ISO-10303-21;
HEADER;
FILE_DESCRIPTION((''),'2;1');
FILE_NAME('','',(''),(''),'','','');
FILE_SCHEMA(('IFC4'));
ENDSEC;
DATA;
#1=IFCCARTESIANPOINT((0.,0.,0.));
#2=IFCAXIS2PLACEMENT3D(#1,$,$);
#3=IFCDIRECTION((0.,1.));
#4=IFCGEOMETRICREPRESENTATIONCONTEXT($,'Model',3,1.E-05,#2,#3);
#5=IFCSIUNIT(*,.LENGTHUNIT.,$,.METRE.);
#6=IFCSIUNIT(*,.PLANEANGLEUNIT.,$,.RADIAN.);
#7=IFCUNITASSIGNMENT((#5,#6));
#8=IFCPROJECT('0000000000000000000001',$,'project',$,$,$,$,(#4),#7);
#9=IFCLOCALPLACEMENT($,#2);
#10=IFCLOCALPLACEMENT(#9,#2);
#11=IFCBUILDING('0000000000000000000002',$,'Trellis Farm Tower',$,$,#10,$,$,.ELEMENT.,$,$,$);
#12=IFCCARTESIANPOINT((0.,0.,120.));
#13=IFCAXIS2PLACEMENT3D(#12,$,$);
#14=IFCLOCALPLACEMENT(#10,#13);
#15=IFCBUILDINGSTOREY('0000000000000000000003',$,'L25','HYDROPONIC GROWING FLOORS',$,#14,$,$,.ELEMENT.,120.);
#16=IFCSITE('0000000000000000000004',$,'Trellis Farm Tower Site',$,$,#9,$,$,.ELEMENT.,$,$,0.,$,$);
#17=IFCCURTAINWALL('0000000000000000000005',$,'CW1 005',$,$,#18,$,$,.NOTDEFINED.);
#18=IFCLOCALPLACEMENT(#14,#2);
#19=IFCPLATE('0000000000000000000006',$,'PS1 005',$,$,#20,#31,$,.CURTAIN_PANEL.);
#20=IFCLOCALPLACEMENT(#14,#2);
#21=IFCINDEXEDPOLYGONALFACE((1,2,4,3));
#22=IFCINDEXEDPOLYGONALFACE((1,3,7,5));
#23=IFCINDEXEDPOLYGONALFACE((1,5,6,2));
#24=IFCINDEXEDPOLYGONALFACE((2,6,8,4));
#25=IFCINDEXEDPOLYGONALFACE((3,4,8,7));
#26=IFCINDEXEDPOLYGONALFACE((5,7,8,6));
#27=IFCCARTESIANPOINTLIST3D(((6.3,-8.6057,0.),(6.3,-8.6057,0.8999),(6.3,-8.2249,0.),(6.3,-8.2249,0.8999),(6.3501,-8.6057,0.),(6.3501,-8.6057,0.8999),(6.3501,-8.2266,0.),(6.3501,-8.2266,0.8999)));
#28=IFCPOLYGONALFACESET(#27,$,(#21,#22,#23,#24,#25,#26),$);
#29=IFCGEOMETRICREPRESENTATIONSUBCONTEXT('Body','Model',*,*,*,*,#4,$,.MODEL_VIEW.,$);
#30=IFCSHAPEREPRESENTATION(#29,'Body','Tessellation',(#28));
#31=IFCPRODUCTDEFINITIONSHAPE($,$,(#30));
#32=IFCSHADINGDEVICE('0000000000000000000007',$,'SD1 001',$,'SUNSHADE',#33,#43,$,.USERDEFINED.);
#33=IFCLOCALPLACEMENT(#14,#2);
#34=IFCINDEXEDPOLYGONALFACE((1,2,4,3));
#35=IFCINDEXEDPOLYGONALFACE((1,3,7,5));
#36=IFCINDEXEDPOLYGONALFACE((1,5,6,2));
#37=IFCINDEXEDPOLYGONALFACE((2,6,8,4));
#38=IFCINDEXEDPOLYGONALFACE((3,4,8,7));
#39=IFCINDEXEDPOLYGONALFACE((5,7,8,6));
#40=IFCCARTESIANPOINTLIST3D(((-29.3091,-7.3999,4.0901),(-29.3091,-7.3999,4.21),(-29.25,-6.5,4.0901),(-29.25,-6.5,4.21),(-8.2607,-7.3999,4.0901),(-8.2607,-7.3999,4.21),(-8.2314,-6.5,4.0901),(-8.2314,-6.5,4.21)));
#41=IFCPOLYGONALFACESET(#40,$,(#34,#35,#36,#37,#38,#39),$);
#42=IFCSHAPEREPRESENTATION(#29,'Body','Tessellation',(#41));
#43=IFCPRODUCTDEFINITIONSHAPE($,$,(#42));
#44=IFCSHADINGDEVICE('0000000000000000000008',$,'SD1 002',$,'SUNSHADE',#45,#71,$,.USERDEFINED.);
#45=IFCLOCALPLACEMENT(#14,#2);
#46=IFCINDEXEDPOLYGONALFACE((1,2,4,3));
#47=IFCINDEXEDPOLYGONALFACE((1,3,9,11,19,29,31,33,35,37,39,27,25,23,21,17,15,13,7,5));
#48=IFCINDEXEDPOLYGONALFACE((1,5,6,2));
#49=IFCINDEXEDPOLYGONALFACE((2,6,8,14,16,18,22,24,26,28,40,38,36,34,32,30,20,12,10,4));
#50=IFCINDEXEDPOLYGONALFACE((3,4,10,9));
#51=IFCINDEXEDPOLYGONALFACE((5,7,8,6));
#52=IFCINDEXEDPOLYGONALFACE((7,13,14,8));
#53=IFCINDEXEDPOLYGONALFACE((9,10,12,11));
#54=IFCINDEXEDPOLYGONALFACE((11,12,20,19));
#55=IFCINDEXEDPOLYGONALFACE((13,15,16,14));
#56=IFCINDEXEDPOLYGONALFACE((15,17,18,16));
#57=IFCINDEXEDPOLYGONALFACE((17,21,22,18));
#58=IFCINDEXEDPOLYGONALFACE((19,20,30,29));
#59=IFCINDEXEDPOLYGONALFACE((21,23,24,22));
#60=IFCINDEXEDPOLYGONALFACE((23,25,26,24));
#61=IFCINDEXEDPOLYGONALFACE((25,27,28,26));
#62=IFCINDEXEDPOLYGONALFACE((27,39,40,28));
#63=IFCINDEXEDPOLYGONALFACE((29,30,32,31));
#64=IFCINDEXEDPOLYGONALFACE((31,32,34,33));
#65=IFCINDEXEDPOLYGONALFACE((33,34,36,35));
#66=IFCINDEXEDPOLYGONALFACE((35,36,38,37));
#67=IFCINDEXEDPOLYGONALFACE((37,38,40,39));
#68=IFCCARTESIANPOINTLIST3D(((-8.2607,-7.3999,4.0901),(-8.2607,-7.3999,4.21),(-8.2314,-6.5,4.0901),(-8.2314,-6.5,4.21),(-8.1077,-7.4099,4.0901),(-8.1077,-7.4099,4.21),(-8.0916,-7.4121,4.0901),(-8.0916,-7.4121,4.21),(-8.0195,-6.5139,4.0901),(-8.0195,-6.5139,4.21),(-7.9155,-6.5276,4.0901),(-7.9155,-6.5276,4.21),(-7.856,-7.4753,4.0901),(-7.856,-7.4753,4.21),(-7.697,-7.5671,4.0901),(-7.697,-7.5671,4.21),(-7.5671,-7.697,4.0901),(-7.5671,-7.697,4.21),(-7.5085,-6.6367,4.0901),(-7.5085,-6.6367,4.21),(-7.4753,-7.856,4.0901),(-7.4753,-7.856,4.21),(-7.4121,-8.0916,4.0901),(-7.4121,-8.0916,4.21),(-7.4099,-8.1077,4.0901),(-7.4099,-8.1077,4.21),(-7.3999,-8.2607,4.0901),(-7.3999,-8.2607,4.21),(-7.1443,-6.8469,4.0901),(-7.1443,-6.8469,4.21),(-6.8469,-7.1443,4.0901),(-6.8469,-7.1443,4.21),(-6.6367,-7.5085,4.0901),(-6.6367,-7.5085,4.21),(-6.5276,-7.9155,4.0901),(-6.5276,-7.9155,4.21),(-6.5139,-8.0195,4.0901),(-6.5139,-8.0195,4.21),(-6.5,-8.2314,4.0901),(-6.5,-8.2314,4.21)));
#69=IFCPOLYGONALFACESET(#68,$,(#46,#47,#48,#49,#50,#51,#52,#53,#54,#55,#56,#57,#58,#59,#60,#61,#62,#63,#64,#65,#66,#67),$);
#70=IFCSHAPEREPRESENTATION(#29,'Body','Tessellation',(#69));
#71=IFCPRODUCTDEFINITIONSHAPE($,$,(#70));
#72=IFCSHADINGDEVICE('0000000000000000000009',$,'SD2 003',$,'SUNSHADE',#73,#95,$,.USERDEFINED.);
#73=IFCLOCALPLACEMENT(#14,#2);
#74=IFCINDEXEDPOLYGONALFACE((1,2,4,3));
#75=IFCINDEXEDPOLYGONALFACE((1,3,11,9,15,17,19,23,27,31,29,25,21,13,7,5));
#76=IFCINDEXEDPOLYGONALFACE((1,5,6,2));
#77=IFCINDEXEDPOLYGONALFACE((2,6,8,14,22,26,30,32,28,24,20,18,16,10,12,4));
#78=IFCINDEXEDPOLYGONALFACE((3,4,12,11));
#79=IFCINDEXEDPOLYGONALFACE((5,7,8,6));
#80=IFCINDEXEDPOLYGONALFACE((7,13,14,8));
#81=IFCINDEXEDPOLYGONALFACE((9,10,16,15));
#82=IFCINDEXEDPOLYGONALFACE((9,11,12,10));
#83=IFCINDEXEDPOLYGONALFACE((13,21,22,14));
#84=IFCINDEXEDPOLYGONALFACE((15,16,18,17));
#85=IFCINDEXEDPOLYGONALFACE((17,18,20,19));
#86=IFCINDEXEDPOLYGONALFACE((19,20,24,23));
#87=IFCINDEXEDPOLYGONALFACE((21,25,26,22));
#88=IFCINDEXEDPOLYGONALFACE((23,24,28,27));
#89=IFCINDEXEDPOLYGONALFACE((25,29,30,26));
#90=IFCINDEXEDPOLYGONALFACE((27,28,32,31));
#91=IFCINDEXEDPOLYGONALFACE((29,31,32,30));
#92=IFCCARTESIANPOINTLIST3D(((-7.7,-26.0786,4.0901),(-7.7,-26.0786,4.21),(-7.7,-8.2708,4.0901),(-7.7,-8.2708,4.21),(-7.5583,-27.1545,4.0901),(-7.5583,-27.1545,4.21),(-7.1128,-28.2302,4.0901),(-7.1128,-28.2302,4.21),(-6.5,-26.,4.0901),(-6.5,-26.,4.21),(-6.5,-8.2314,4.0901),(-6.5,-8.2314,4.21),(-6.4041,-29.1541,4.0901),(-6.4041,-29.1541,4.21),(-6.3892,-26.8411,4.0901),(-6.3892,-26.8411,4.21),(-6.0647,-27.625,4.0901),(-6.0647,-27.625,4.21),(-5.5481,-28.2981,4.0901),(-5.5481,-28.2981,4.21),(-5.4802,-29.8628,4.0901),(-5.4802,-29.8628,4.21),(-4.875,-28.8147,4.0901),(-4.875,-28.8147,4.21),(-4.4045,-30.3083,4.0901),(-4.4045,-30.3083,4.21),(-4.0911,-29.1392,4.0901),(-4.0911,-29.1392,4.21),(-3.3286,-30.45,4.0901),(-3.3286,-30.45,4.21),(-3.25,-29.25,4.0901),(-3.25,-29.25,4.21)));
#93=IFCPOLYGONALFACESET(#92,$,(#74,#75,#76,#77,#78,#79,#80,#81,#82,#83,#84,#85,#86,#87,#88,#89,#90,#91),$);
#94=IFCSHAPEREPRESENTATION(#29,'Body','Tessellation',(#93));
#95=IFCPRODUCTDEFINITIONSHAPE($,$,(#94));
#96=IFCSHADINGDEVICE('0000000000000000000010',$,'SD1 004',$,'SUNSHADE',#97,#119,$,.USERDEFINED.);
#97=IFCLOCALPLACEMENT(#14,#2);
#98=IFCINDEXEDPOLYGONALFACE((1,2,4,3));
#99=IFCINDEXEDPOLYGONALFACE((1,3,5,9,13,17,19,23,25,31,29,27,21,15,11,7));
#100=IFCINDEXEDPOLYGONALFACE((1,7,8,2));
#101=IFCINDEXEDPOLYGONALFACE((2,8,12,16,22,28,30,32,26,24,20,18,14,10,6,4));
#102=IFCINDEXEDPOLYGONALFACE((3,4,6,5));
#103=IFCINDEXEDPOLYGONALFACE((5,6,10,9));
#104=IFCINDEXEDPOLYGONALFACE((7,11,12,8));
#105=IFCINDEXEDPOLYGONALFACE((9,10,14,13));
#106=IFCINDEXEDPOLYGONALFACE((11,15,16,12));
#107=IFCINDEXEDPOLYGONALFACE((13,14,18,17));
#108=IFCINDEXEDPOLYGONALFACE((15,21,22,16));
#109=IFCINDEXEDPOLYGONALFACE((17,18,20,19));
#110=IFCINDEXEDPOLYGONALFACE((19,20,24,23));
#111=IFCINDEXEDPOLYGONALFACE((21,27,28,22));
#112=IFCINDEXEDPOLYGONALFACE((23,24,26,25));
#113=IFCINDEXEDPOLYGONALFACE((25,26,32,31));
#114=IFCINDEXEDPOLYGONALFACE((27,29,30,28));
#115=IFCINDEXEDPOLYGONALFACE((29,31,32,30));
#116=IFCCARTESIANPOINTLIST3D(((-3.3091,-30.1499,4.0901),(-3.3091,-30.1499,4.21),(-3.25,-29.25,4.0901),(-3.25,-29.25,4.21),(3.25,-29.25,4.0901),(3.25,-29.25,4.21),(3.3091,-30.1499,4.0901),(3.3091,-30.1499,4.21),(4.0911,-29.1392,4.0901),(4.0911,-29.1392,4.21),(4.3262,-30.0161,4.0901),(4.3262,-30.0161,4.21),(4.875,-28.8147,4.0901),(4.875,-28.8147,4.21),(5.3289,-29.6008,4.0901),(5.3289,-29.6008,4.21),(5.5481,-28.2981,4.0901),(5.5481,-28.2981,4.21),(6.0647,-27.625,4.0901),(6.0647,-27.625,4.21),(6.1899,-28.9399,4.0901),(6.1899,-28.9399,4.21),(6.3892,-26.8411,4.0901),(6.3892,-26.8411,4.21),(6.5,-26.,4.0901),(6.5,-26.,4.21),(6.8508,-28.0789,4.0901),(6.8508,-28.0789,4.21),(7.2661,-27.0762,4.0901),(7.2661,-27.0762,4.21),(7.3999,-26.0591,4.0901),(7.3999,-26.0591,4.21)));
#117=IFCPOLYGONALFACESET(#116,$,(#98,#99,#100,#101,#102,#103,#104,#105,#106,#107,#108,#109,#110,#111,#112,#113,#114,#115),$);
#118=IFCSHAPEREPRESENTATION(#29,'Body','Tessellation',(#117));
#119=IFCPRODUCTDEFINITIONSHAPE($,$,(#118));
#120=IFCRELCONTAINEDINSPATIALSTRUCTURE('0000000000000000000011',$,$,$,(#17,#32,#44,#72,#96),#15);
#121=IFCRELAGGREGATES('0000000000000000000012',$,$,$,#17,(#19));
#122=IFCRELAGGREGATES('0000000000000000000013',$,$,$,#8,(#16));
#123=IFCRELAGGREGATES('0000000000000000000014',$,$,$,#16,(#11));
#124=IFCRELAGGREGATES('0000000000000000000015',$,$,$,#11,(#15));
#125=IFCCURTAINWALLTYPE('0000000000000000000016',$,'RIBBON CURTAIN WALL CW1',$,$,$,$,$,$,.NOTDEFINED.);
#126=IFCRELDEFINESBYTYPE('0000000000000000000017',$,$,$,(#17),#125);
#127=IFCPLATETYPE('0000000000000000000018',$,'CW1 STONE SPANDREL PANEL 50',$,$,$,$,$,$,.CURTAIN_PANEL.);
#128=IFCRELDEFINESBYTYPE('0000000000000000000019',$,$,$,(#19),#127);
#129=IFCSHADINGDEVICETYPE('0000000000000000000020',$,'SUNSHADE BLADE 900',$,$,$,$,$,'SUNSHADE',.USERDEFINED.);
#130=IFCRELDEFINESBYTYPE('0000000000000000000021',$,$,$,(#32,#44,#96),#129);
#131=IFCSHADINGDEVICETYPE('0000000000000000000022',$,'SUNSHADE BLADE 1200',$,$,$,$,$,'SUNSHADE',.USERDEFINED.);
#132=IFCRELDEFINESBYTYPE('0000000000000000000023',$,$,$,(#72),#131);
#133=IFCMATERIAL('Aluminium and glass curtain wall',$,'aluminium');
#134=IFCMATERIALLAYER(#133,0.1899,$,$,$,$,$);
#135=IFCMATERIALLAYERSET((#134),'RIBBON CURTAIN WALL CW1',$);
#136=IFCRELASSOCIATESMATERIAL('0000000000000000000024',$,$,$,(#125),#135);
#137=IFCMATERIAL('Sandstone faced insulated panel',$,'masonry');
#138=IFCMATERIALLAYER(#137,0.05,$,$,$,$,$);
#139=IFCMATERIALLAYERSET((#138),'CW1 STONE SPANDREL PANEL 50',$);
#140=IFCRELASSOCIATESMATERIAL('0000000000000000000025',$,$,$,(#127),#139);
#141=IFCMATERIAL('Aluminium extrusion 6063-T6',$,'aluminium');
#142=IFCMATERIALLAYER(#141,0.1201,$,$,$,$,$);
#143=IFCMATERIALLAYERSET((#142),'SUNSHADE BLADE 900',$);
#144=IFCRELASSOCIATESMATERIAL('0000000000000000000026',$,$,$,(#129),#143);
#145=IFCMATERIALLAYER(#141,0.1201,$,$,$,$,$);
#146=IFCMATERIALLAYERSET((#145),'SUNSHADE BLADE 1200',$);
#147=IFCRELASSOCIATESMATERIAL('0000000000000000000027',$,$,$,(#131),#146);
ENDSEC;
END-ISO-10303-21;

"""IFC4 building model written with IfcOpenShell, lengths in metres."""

from ifc_helpers import new_model, si_unit, direction, frame, origin, place, context, subcontext, project, spatial, polyline, outline, extrude, source, transform, mapped, material, layer, layer_set, type_object, element, aggregate, save


model = new_model("IFC4")

# Units and contexts
model_context = context("Model", 3, precision=1e-05, world=origin(), true_north=direction((0.0, 1.0)))
body_context = subcontext(model_context, "Body", "Model", "MODEL_VIEW")
ifc_project = project(units=[si_unit("LENGTHUNIT", "METRE"), si_unit("PLANEANGLEUNIT", "RADIAN")], contexts=[model_context])

# Site, building, storey
site_placement = place(None, origin())
site = spatial("IfcSite", under=ifc_project, at=site_placement, Name="Trellis Farm Tower Site", CompositionType="ELEMENT", RefElevation=0.0)
building_placement = place(site_placement, origin())
building = spatial("IfcBuilding", under=site, at=building_placement, Name="Trellis Farm Tower", CompositionType="ELEMENT")
storey_placement = place(building_placement, frame((0.0, 0.0, 120.0)))
storey = spatial("IfcBuildingStorey", under=building, at=storey_placement, Name="L25", Description="HYDROPONIC GROWING FLOORS", CompositionType="ELEMENT", Elevation=120.0)

# Curtain wall
ifc_material_1 = material(Name="Aluminium and glass curtain wall", Category="aluminium")
placement_1 = place(storey_placement, origin())
ifc_material_2 = material(Name="Aluminium extrusion 6063-T6", Category="aluminium")
ifc_layer_1 = layer(ifc_material_1, 0.1899)
ifc_layer_set_1 = layer_set([ifc_layer_1], Name="RIBBON CURTAIN WALL CW1")
curtain_wall_type_1 = type_object("IfcCurtainWallType", Name="RIBBON CURTAIN WALL CW1", PredefinedType="NOTDEFINED", material=ifc_layer_set_1)
curtain_wall_1 = element("IfcCurtainWall", 1, at=placement_1, inside=storey, type_object=curtain_wall_type_1, Name="CW1 005", PredefinedType="NOTDEFINED")

# Plate
ifc_material_3 = material(Name="Sandstone faced insulated panel", Category="masonry")
ifc_layer_2 = layer(ifc_material_3, 0.05)
ifc_layer_set_2 = layer_set([ifc_layer_2], Name="CW1 STONE SPANDREL PANEL 50")
plate_type_1 = type_object("IfcPlateType", Name="CW1 STONE SPANDREL PANEL 50", PredefinedType="CURTAIN_PANEL", material=ifc_layer_set_2)
shared_shape_1 = source(origin(), body_context, "Body", "SweptSolid", [
    extrude(outline(polyline([(6.3501, -8.6057), (6.3501, -8.2266), (6.3, -8.2249), (6.3, -8.6057), (6.3501, -8.6057)])), origin(), (0.0, 0.0, 1.0), 0.8999),
])
plate_1 = element("IfcPlate", 2, at=placement_1, type_object=plate_type_1, Name="PS1 005", PredefinedType="CURTAIN_PANEL", context=body_context, shape_type="MappedRepresentation", body=[
    mapped(shared_shape_1, transform((0.0, 0.0, 0.0))),
])
aggregate(curtain_wall_1, [plate_1])

# Shading devices
ifc_layer_3 = layer(ifc_material_2, 0.1201)
ifc_layer_set_3 = layer_set([ifc_layer_3], Name="SUNSHADE BLADE 900")
shading_device_type_1 = type_object("IfcShadingDeviceType", Name="SUNSHADE BLADE 900", ElementType="SUNSHADE", PredefinedType="USERDEFINED", material=ifc_layer_set_3)
shared_shape_2 = source(origin(), body_context, "Body", "SweptSolid", [
    extrude(outline(polyline([(-29.3091, -7.3999), (-8.2607, -7.3999), (-8.2314, -6.5), (-29.25, -6.5), (-29.3091, -7.3999)])), origin(), (0.0, 0.0, 1.0), 0.1199),
])
placement_2 = place(storey_placement, frame((0.0, 0.0, 4.0901)))
element("IfcShadingDevice", 3, at=placement_2, inside=storey, type_object=shading_device_type_1, Name="SD1 001", ObjectType="SUNSHADE", PredefinedType="USERDEFINED", context=body_context, shape_type="MappedRepresentation", body=[
    mapped(shared_shape_2, transform((0.0, 0.0, 0.0))),
])
shared_shape_3 = source(origin(), body_context, "Body", "SweptSolid", [
    extrude(outline(polyline([(-8.2607, -7.3999), (-8.1077, -7.4099), (-8.0916, -7.4121), (-7.856, -7.4753), (-7.697, -7.5671), (-7.5671, -7.697), (-7.4753, -7.856), (-7.4121, -8.0916), (-7.4099, -8.1077), (-7.3999, -8.2607), (-6.5, -8.2314), (-6.5139, -8.0195), (-6.5276, -7.9155), (-6.6367, -7.5085), (-6.8469, -7.1443), (-7.1443, -6.8469), (-7.5085, -6.6367), (-7.9155, -6.5276), (-8.0195, -6.5139), (-8.2314, -6.5), (-8.2607, -7.3999)])), origin(), (0.0, 0.0, 1.0), 0.1199),
])
element("IfcShadingDevice", 4, at=placement_2, inside=storey, type_object=shading_device_type_1, Name="SD1 002", ObjectType="SUNSHADE", PredefinedType="USERDEFINED", context=body_context, shape_type="MappedRepresentation", body=[
    mapped(shared_shape_3, transform((0.0, 0.0, 0.0))),
])
ifc_layer_4 = layer(ifc_material_2, 0.1201)
ifc_layer_set_4 = layer_set([ifc_layer_4], Name="SUNSHADE BLADE 1200")
shading_device_type_2 = type_object("IfcShadingDeviceType", Name="SUNSHADE BLADE 1200", ElementType="SUNSHADE", PredefinedType="USERDEFINED", material=ifc_layer_set_4)
shared_shape_4 = source(origin(), body_context, "Body", "SweptSolid", [
    extrude(outline(polyline([(-7.7, -8.2708), (-7.7, -26.0786), (-7.5583, -27.1545), (-7.1128, -28.2302), (-6.4041, -29.1541), (-5.4802, -29.8628), (-4.4045, -30.3083), (-3.3286, -30.45), (-3.25, -29.25), (-4.0911, -29.1392), (-4.875, -28.8147), (-5.5481, -28.2981), (-6.0647, -27.625), (-6.3892, -26.8411), (-6.5, -26.0), (-6.5, -8.2314), (-7.7, -8.2708)])), origin(), (0.0, 0.0, 1.0), 0.1199),
])
element("IfcShadingDevice", 5, at=placement_2, inside=storey, type_object=shading_device_type_2, Name="SD2 003", ObjectType="SUNSHADE", PredefinedType="USERDEFINED", context=body_context, shape_type="MappedRepresentation", body=[
    mapped(shared_shape_4, transform((0.0, 0.0, 0.0))),
])
shared_shape_5 = source(origin(), body_context, "Body", "SweptSolid", [
    extrude(outline(polyline([(-3.3091, -30.1499), (3.3091, -30.1499), (4.3262, -30.0161), (5.3289, -29.6008), (6.1899, -28.9399), (6.8508, -28.0789), (7.2661, -27.0762), (7.3999, -26.0591), (6.5, -26.0), (6.3892, -26.8411), (6.0647, -27.625), (5.5481, -28.2981), (4.875, -28.8147), (4.0911, -29.1392), (3.25, -29.25), (-3.25, -29.25), (-3.3091, -30.1499)])), origin(), (0.0, 0.0, 1.0), 0.1199),
])
element("IfcShadingDevice", 6, at=placement_2, inside=storey, type_object=shading_device_type_1, Name="SD1 004", ObjectType="SUNSHADE", PredefinedType="USERDEFINED", context=body_context, shape_type="MappedRepresentation", body=[
    mapped(shared_shape_5, transform((0.0, 0.0, 0.0))),
])

save(model, "model.ifc")
